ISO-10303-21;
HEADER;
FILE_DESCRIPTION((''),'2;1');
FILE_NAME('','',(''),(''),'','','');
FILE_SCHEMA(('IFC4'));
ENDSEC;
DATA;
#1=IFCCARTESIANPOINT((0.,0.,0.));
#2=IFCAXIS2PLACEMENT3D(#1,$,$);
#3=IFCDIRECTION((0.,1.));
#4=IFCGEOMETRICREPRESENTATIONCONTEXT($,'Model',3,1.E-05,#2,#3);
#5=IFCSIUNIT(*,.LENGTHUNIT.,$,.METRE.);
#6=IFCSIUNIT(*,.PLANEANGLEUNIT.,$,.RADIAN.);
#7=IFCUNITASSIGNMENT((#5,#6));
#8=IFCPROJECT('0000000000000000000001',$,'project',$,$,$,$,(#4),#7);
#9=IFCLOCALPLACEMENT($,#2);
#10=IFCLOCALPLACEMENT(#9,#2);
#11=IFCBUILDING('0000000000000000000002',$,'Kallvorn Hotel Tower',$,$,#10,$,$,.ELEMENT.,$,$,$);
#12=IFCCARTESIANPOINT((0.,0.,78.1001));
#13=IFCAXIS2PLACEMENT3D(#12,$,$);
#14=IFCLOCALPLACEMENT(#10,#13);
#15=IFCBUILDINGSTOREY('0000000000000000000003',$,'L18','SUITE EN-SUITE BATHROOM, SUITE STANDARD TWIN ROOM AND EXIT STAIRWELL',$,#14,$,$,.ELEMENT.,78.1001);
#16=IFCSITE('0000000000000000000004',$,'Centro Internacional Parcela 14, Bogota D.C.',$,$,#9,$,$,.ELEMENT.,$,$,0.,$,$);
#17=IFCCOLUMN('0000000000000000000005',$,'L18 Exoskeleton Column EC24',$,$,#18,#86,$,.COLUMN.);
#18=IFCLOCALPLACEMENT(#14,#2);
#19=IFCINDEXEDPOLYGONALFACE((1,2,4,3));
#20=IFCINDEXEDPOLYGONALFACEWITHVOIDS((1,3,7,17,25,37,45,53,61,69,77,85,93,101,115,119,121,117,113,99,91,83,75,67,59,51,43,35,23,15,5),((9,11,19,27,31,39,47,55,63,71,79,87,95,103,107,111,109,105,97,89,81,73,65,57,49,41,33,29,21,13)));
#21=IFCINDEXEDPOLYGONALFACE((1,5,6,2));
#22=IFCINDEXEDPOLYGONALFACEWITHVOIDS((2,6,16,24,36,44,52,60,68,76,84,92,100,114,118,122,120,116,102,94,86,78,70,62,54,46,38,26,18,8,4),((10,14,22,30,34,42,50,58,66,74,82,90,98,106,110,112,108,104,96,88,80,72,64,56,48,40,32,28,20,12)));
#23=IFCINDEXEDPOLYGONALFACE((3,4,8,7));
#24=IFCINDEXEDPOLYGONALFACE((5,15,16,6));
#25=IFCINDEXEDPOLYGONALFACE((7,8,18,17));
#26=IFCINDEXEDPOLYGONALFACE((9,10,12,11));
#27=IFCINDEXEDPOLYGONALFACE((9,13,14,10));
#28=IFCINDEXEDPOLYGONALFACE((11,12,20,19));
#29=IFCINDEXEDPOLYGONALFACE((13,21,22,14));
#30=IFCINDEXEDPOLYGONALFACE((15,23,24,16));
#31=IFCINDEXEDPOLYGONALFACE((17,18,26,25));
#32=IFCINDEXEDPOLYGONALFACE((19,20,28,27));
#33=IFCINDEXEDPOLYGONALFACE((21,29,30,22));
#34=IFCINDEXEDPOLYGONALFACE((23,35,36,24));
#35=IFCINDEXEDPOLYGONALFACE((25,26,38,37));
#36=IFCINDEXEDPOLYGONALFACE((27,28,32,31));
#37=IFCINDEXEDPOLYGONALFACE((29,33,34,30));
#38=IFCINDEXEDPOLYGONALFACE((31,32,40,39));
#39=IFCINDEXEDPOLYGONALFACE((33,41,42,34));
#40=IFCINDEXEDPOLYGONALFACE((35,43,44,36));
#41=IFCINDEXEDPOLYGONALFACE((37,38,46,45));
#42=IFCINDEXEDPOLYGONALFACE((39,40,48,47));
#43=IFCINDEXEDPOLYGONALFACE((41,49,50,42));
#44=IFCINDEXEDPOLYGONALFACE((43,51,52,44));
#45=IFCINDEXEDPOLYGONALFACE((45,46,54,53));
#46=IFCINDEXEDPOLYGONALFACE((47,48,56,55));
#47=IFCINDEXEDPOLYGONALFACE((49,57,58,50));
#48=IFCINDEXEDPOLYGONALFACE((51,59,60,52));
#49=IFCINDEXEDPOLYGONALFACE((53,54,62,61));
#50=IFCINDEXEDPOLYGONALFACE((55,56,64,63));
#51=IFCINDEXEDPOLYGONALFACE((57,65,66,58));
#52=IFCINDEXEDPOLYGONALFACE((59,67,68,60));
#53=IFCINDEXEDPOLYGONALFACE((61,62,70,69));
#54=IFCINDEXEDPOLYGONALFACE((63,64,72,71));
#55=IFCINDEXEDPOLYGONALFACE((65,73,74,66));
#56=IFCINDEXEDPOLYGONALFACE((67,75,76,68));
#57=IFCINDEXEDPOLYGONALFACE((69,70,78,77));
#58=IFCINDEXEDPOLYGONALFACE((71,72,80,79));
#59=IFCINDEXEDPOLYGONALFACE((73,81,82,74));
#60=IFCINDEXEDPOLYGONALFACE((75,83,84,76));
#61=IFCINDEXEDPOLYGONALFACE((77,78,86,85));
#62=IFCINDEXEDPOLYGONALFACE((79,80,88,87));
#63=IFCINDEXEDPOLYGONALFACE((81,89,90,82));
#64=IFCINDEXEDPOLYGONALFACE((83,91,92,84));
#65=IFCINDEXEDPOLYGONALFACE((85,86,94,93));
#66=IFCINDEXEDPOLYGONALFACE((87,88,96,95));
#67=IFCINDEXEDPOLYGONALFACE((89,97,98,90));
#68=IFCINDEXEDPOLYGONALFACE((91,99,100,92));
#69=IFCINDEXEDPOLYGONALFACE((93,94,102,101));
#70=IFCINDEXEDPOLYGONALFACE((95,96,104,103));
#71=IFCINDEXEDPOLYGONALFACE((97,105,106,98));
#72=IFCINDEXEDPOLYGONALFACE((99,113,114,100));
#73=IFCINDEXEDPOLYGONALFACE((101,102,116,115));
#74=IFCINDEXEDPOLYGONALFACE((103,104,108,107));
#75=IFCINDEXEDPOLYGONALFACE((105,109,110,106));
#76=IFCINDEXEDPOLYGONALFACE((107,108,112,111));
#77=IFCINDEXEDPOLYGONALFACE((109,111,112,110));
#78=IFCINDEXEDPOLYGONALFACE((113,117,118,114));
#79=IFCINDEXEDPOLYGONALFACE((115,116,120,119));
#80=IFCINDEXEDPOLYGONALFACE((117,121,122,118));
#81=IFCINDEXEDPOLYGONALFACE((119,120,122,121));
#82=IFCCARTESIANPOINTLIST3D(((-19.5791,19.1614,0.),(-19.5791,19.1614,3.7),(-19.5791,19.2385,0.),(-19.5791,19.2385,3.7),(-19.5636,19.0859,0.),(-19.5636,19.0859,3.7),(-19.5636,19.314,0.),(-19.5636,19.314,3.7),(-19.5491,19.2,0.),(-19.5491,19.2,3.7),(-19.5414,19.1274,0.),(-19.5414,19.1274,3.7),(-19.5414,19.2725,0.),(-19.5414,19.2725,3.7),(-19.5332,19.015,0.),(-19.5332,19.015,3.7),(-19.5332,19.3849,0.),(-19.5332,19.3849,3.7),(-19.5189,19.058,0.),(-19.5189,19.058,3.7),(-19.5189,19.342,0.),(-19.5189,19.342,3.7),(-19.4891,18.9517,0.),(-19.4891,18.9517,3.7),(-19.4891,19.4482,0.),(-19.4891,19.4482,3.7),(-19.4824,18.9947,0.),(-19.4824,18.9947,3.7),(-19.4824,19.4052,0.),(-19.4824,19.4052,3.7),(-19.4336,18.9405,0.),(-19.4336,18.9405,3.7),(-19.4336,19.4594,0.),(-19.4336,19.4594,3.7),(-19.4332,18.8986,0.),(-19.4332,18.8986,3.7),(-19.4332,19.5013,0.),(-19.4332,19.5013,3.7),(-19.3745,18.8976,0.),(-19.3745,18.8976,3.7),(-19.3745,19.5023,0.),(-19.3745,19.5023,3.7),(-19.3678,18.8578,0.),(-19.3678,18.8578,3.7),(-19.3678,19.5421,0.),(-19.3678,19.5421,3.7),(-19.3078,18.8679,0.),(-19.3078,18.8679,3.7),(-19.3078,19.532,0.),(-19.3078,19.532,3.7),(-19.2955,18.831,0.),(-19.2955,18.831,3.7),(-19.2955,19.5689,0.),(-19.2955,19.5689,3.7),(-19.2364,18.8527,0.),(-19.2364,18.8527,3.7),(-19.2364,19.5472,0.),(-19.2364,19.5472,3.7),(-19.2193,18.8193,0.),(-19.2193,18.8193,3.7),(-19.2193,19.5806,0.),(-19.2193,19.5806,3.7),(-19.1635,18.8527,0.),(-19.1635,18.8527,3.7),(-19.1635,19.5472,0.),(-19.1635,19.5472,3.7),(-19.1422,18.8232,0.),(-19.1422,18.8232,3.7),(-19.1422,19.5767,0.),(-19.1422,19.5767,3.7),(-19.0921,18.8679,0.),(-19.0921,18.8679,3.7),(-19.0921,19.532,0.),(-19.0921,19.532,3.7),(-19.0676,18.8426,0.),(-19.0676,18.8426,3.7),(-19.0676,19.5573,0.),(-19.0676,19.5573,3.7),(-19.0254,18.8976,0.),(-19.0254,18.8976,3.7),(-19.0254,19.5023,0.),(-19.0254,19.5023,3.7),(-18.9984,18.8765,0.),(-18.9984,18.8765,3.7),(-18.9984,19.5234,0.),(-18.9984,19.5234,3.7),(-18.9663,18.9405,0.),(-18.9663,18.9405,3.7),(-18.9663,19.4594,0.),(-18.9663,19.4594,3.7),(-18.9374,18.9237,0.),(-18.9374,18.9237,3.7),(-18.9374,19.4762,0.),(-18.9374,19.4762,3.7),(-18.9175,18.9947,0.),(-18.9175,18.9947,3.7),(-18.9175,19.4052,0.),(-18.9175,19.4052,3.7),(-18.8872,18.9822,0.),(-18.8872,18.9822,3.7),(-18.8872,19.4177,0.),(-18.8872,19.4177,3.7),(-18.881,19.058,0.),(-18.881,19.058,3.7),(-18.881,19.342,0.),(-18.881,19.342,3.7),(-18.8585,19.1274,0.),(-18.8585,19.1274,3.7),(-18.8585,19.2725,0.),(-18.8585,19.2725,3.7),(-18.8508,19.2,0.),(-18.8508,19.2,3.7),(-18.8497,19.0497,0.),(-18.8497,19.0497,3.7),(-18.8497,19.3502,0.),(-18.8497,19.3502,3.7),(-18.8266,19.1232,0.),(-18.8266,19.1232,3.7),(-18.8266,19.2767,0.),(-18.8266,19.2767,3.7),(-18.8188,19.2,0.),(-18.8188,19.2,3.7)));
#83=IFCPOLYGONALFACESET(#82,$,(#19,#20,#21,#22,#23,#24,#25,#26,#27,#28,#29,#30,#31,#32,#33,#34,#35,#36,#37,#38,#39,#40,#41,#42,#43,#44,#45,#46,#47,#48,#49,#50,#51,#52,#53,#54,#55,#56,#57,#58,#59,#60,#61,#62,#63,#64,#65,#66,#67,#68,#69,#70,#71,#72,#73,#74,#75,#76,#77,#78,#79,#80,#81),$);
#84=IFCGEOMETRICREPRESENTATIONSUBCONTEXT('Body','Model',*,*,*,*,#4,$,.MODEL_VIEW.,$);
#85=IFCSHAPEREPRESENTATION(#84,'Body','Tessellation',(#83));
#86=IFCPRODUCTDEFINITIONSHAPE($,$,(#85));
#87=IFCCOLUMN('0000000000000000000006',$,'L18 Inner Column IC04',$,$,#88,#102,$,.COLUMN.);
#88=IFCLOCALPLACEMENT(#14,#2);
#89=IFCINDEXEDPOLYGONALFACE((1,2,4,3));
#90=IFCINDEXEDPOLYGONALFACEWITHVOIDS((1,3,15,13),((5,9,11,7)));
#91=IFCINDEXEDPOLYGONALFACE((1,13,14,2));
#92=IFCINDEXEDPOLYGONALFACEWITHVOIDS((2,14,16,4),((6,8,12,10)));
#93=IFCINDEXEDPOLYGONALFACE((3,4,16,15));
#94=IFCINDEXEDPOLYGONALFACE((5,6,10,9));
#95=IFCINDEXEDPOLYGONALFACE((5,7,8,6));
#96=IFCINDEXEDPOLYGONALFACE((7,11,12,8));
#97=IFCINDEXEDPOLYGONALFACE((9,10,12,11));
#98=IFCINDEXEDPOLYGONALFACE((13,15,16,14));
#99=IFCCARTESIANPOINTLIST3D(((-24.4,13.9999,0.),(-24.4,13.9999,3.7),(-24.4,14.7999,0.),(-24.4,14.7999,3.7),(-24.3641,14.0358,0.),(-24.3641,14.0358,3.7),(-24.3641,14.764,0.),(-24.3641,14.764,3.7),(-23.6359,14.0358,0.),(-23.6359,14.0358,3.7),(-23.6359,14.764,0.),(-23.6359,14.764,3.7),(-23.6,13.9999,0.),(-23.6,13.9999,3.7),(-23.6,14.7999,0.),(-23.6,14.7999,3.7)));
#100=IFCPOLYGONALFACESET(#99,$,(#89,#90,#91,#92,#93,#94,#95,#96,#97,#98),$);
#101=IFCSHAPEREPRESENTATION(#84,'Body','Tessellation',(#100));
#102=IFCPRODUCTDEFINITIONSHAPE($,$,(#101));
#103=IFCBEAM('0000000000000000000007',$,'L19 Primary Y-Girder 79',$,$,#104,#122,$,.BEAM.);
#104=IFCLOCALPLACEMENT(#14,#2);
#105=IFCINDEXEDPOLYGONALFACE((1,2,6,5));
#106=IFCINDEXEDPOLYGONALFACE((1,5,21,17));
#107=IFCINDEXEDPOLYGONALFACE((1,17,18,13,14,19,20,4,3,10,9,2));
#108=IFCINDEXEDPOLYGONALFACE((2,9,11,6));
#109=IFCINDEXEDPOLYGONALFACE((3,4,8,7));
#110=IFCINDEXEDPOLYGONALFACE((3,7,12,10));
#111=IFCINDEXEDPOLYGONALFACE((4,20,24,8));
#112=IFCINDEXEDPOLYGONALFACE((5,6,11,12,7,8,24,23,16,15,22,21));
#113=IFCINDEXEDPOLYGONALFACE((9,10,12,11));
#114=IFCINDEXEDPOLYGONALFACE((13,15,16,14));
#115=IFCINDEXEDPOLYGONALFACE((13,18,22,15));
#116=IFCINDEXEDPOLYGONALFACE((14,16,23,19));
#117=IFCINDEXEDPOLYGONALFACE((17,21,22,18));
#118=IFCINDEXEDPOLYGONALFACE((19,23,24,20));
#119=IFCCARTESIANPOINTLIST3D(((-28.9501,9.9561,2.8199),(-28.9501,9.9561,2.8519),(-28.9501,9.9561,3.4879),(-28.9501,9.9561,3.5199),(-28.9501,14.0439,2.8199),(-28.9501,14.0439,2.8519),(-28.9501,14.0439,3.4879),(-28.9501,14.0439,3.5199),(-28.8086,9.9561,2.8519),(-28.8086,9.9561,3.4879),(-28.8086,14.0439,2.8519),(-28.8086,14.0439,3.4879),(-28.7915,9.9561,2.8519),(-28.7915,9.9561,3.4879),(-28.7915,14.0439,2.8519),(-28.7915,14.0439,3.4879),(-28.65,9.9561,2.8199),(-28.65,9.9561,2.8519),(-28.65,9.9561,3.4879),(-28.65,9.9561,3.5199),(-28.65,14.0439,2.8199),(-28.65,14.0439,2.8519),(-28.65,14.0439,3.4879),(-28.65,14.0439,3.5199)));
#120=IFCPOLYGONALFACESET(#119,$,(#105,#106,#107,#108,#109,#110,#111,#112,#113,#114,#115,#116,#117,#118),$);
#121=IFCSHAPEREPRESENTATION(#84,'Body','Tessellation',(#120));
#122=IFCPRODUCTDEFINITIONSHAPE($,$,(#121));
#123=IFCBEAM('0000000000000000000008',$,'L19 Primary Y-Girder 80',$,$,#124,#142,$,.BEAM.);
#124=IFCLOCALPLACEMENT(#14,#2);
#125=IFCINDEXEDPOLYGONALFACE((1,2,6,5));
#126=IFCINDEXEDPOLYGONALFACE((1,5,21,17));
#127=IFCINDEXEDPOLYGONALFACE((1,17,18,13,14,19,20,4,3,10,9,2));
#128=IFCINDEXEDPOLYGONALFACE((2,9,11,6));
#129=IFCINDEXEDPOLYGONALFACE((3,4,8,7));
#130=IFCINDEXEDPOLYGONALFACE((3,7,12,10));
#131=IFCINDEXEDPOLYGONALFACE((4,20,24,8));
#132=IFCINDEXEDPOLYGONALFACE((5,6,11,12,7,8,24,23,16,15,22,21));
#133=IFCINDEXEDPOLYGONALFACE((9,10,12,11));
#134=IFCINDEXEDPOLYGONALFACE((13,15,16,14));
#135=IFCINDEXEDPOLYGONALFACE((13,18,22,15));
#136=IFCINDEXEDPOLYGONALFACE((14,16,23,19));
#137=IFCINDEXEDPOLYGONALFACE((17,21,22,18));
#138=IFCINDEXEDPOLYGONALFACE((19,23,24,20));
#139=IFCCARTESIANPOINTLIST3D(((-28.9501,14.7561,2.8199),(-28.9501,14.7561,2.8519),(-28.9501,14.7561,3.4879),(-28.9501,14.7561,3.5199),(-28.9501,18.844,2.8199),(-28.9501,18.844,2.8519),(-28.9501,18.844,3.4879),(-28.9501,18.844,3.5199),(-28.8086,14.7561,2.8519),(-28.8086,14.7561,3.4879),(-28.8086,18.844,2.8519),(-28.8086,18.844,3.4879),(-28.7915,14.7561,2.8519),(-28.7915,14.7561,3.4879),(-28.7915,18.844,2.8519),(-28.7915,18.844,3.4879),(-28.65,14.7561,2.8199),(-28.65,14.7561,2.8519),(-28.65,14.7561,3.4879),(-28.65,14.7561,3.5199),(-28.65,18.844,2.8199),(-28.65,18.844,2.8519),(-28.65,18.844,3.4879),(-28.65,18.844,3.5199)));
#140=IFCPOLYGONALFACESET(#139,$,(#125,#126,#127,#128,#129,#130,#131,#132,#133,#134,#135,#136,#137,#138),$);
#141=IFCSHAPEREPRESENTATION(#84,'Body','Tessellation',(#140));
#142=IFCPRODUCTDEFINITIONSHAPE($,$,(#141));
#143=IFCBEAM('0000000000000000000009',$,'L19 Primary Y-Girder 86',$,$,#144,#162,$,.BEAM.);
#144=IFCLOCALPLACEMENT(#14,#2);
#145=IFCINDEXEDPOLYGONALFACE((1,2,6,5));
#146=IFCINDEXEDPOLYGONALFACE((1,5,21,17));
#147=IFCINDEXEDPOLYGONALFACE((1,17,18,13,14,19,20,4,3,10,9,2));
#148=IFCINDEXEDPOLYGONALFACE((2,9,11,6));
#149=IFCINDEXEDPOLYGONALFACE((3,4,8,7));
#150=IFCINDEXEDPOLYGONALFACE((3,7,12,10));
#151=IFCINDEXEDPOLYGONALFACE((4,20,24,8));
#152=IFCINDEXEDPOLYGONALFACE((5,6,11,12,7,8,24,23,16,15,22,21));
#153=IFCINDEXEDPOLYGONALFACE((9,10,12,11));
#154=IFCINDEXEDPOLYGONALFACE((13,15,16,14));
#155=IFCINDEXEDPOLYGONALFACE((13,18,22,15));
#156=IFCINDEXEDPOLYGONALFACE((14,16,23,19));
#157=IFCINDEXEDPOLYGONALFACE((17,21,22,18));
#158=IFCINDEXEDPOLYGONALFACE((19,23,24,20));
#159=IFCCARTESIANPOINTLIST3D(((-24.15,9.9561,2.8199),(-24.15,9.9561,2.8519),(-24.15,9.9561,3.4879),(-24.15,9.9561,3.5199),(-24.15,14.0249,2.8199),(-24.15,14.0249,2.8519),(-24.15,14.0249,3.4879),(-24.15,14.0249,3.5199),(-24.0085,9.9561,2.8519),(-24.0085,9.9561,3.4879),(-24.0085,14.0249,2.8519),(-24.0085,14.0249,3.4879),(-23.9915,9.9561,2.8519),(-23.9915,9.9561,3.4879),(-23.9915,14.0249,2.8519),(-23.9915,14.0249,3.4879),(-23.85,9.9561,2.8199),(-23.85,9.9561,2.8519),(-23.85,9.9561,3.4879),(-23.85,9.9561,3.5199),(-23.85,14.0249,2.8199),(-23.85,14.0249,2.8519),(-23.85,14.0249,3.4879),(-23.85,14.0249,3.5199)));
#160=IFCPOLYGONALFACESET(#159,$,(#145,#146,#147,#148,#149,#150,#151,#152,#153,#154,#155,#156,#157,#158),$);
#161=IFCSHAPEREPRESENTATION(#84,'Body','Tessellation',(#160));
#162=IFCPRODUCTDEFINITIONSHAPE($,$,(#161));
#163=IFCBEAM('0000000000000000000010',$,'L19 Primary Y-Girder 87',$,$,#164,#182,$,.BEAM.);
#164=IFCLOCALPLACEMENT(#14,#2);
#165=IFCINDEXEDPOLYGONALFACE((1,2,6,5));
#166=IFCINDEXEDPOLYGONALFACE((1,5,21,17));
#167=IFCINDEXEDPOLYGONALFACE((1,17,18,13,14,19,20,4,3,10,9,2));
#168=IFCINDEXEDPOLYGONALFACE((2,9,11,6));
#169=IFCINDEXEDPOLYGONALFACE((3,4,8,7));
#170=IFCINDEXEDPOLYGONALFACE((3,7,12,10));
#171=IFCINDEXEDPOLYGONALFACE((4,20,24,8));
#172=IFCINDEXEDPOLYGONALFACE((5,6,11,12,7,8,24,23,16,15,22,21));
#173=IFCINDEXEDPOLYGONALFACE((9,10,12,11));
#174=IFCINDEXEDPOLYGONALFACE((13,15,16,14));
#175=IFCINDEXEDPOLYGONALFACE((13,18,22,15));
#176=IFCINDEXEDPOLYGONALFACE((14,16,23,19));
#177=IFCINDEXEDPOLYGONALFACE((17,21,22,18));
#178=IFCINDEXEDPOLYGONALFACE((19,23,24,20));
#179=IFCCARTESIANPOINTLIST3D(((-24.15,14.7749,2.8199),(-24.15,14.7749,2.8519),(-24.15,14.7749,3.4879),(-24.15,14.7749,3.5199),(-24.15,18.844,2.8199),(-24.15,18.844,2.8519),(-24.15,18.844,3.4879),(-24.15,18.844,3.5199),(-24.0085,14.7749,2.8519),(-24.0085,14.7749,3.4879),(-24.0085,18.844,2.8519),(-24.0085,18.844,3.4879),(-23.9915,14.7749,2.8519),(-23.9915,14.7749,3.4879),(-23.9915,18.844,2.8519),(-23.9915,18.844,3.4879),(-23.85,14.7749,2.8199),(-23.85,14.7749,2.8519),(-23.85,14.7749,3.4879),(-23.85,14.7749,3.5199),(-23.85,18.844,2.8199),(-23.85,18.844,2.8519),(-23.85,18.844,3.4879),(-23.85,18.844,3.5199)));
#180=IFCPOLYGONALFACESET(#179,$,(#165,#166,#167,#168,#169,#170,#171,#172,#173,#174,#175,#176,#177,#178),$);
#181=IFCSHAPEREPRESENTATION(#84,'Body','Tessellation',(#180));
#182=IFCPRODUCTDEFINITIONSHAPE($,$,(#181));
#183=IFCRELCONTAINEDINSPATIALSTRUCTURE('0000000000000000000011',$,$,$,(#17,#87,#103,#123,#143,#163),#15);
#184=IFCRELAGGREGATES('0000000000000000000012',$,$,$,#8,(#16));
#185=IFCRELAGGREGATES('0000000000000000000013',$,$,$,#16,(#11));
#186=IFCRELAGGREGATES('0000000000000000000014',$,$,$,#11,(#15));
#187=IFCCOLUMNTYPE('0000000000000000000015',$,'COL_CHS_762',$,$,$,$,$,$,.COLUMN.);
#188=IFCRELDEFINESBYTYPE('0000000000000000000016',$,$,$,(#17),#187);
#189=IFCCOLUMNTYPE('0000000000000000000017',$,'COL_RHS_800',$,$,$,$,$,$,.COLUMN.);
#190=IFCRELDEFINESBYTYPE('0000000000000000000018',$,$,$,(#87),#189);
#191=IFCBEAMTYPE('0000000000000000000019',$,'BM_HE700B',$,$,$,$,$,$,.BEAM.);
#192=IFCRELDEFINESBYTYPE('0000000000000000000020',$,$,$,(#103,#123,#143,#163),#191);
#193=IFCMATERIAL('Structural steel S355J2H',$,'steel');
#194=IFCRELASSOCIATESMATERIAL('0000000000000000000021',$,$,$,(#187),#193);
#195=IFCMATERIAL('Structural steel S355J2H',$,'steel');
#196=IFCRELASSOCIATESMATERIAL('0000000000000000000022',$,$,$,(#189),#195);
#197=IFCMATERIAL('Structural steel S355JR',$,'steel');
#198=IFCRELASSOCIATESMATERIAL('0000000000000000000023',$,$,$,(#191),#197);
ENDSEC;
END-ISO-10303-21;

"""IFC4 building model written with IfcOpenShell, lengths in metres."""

from ifc_helpers import new_model, si_unit, direction, frame, origin, origin_2d, place, context, subcontext, project, spatial, hollow_rectangle, hollow_circle, i_section, extrude, material, material_profile, profile_set, type_object, element, save


model = new_model("IFC4")

# Units and contexts
model_context = context("Model", 3, precision=1e-05, world=origin(), true_north=direction((0.0, 1.0)))
body_context = subcontext(model_context, "Body", "Model", "MODEL_VIEW")
ifc_project = project(units=[si_unit("LENGTHUNIT", "METRE"), si_unit("PLANEANGLEUNIT", "RADIAN")], contexts=[model_context])

# Site, building, storey
site_placement = place(None, origin())
site = spatial("IfcSite", under=ifc_project, at=site_placement, Name="Centro Internacional Parcela 14, Bogota D.C.", CompositionType="ELEMENT", RefElevation=0.0)
building_placement = place(site_placement, origin())
building = spatial("IfcBuilding", under=site, at=building_placement, Name="Kallvorn Hotel Tower", CompositionType="ELEMENT")
storey_placement = place(building_placement, frame((0.0, 0.0, 78.1001)))
storey = spatial("IfcBuildingStorey", under=building, at=storey_placement, Name="L18", Description="SUITE EN-SUITE BATHROOM, SUITE STANDARD TWIN ROOM AND EXIT STAIRWELL", CompositionType="ELEMENT", Elevation=78.1001)

# Columns
ifc_material_1 = material(Name="Structural steel S355J2H", Category="steel")
ifc_material_profile_1 = material_profile(ifc_material_1, hollow_circle(Radius=0.3811, WallThickness=0.032, at=origin_2d()), Name="CHS 762x32")
ifc_profile_set_1 = profile_set([ifc_material_profile_1], Name="Structural steel S355J2H")
column_type_1 = type_object("IfcColumnType", Name="COL_CHS_762", PredefinedType="COLUMN", material=ifc_profile_set_1)
for number, where, z_axis, x_axis, name in (
    (1, (-19.2, 19.2, 0.0), (0.0, 0.0, 1.0), (1.0, 0.0, 0.0), "L18 Exoskeleton Column EC24"),
):
    element("IfcColumn", number, at=place(storey_placement, frame(where, z_axis=z_axis, x_axis=x_axis)), inside=storey, type_object=column_type_1, Name=name, PredefinedType="COLUMN", context=body_context, shape_type="SweptSolid", body=[
        extrude(hollow_circle(Radius=0.3811, WallThickness=0.032, at=origin_2d()), origin(), (0.0, 0.0, 1.0), 3.7),
    ])
ifc_material_2 = material(Name="Structural steel S355J2H", Category="steel")
ifc_material_profile_2 = material_profile(ifc_material_2, hollow_rectangle(XDim=0.8, YDim=0.8, WallThickness=0.0359, at=origin_2d()), Name="RHS 800x800x36")
ifc_profile_set_2 = profile_set([ifc_material_profile_2], Name="Structural steel S355J2H")
column_type_2 = type_object("IfcColumnType", Name="COL_RHS_800", PredefinedType="COLUMN", material=ifc_profile_set_2)
column_placement = place(storey_placement, frame((-24.0, 14.3999, 0.0), z_axis=(0.0, 0.0, 1.0), x_axis=(1.0, 0.0, 0.0)))
element("IfcColumn", 2, at=column_placement, inside=storey, type_object=column_type_2, Name="L18 Inner Column IC04", PredefinedType="COLUMN", context=body_context, shape_type="SweptSolid", body=[
    extrude(hollow_rectangle(XDim=0.8, YDim=0.8, WallThickness=0.0359, at=origin_2d()), origin(), (0.0, 0.0, 1.0), 3.7),
])

# Beams
ifc_material_3 = material(Name="Structural steel S355JR", Category="steel")
ifc_material_profile_3 = material_profile(ifc_material_3, i_section(OverallWidth=0.3, OverallDepth=0.7, WebThickness=0.0171, FlangeThickness=0.032, at=origin_2d()), Name="HE 700 B")
ifc_profile_set_3 = profile_set([ifc_material_profile_3], Name="Structural steel S355JR")
beam_type_1 = type_object("IfcBeamType", Name="BM_HE700B", PredefinedType="BEAM", material=ifc_profile_set_3)
for number, where, z_axis, x_axis, name in (
    (3, (-28.8, 9.9561, 3.1699), (0.0, 1.0, 0.0), (-1.0, 0.0, 0.0), "L19 Primary Y-Girder 79"),
    (4, (-28.8, 14.7561, 3.1699), (0.0, 1.0, 0.0), (-1.0, 0.0, 0.0), "L19 Primary Y-Girder 80"),
):
    element("IfcBeam", number, at=place(storey_placement, frame(where, z_axis=z_axis, x_axis=x_axis)), inside=storey, type_object=beam_type_1, Name=name, PredefinedType="BEAM", context=body_context, shape_type="SweptSolid", body=[
        extrude(i_section(OverallWidth=0.3, OverallDepth=0.7, WebThickness=0.0171, FlangeThickness=0.032, at=origin_2d()), origin(), (0.0, 0.0, 1.0), 4.0879),
    ])
beam_1_placement = place(storey_placement, frame((-24.0, 9.9561, 3.1699), z_axis=(0.0, 1.0, 0.0), x_axis=(-1.0, 0.0, 0.0)))
element("IfcBeam", 5, at=beam_1_placement, inside=storey, type_object=beam_type_1, Name="L19 Primary Y-Girder 86", PredefinedType="BEAM", context=body_context, shape_type="SweptSolid", body=[
    extrude(i_section(OverallWidth=0.3, OverallDepth=0.7, WebThickness=0.0171, FlangeThickness=0.032, at=origin_2d()), origin(), (0.0, 0.0, 1.0), 4.0688),
])
beam_2_placement = place(storey_placement, frame((-24.0, 14.7749, 3.1699), z_axis=(0.0, 1.0, 0.0), x_axis=(-1.0, 0.0, 0.0)))
element("IfcBeam", 6, at=beam_2_placement, inside=storey, type_object=beam_type_1, Name="L19 Primary Y-Girder 87", PredefinedType="BEAM", context=body_context, shape_type="SweptSolid", body=[
    extrude(i_section(OverallWidth=0.3, OverallDepth=0.7, WebThickness=0.0171, FlangeThickness=0.032, at=origin_2d()), origin(), (0.0, 0.0, 1.0), 4.0691),
])

save(model, "model.ifc")
